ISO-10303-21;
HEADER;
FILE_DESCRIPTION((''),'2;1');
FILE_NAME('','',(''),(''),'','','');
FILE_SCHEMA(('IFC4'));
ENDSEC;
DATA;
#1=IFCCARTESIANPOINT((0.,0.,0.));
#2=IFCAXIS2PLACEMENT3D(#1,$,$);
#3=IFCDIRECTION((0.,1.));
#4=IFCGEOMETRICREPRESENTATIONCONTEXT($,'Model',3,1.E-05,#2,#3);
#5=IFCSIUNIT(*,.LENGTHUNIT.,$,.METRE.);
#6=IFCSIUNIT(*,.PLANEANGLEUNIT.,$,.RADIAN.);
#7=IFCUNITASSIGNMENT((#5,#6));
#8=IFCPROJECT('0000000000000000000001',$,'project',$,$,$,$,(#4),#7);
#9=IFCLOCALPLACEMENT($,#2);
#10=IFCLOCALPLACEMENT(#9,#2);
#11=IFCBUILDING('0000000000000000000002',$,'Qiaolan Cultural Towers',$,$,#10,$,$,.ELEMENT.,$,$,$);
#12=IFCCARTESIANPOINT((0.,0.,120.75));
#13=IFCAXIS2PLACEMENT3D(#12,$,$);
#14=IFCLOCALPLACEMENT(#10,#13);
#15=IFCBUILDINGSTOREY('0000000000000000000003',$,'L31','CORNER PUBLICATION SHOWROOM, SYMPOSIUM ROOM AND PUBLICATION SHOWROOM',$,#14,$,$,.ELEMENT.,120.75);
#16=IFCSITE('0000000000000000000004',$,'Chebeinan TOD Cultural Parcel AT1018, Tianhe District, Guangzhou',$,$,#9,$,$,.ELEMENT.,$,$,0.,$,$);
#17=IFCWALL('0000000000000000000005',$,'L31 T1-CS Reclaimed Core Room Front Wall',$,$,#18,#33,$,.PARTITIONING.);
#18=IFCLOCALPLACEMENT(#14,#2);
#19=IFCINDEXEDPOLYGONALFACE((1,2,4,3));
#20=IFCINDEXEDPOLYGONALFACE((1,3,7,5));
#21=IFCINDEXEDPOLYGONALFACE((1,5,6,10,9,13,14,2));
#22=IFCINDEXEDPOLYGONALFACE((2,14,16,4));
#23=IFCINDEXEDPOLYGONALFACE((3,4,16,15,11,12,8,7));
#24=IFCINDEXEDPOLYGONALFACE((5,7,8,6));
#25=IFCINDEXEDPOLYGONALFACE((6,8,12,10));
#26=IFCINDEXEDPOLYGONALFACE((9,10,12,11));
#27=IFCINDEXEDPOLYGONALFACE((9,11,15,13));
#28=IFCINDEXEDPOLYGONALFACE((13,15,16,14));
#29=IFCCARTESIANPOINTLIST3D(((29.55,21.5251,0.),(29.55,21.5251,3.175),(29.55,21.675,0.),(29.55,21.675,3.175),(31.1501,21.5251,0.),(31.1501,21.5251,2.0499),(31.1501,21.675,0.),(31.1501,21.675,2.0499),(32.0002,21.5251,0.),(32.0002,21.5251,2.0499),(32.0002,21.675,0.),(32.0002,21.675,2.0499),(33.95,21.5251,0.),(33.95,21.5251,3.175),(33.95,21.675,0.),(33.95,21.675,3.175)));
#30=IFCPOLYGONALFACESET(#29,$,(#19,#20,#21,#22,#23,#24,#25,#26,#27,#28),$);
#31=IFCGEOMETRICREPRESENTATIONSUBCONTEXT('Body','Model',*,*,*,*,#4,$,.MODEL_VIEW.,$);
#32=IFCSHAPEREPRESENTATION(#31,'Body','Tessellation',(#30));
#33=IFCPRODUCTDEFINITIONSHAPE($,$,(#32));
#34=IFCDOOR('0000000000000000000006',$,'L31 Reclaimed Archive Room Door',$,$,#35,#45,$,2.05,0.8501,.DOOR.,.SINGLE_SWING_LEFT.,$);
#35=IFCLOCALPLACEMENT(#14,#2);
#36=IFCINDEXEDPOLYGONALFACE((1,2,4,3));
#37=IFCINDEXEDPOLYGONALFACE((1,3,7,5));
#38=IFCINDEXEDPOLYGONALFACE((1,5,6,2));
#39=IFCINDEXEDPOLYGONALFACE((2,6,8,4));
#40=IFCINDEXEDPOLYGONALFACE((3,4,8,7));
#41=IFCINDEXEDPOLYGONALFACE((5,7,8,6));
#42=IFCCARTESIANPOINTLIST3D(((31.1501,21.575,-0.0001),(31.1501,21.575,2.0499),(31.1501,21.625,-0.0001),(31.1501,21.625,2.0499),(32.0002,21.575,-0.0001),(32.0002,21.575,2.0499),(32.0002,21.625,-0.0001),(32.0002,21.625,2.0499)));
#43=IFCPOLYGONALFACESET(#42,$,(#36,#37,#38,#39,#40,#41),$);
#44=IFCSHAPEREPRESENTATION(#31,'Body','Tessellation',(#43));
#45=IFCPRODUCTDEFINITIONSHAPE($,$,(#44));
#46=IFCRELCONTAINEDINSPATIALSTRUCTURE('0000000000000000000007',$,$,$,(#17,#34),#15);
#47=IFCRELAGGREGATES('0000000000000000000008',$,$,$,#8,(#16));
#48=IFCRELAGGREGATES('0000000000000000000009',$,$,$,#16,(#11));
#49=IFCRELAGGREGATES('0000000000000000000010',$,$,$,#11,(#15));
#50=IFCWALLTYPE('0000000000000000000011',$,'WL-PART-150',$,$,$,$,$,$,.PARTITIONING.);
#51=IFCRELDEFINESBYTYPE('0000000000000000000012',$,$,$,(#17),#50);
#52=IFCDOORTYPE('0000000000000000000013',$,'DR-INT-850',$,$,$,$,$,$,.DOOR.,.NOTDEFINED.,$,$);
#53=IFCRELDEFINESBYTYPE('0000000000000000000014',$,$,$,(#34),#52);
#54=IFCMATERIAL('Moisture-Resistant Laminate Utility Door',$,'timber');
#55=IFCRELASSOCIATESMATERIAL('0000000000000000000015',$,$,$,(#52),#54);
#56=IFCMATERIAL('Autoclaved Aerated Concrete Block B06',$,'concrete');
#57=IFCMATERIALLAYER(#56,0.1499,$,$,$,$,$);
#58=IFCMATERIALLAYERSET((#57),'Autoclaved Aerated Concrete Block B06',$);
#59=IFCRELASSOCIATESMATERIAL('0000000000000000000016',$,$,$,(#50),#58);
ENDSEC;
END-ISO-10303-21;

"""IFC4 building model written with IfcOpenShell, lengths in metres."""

from ifc_helpers import new_model, si_unit, direction, frame, frame_2d, origin, place, context, subcontext, project, spatial, rectangle, extrude, material, layer, layer_set, type_object, element, fill, save


model = new_model("IFC4")

# Units and contexts
model_context = context("Model", 3, precision=1e-05, world=origin(), true_north=direction((0.0, 1.0)))
body_context = subcontext(model_context, "Body", "Model", "MODEL_VIEW")
ifc_project = project(units=[si_unit("LENGTHUNIT", "METRE"), si_unit("PLANEANGLEUNIT", "RADIAN")], contexts=[model_context])

# Site, building, storey
site_placement = place(None, origin())
site = spatial("IfcSite", under=ifc_project, at=site_placement, Name="Chebeinan TOD Cultural Parcel AT1018, Tianhe District, Guangzhou", CompositionType="ELEMENT", RefElevation=0.0)
building_placement = place(site_placement, origin())
building = spatial("IfcBuilding", under=site, at=building_placement, Name="Qiaolan Cultural Towers", CompositionType="ELEMENT")
storey_placement = place(building_placement, frame((0.0, 0.0, 120.75)))
storey = spatial("IfcBuildingStorey", under=building, at=storey_placement, Name="L31", Description="CORNER PUBLICATION SHOWROOM, SYMPOSIUM ROOM AND PUBLICATION SHOWROOM", CompositionType="ELEMENT", Elevation=120.75)

# Shared definitions
ifc_material_1 = material(Name="Moisture-Resistant Laminate Utility Door", Category="timber")
door_type_1 = type_object("IfcDoorType", Name="DR-INT-850", OperationType="NOTDEFINED", PredefinedType="DOOR", material=ifc_material_1)

# Wall, opening, door
ifc_material_2 = material(Name="Autoclaved Aerated Concrete Block B06", Category="concrete")
ifc_layer_1 = layer(ifc_material_2, 0.1499)
ifc_layer_set_1 = layer_set([ifc_layer_1], Name="Autoclaved Aerated Concrete Block B06")
wall_type_1 = type_object("IfcWallType", Name="WL-PART-150", PredefinedType="PARTITIONING", material=ifc_layer_set_1)
wall_1_placement = place(storey_placement, frame((29.55, 21.6001, 0.0), z_axis=(0.0, 0.0, 1.0), x_axis=(1.0, 0.0, 0.0)))
wall_1 = element("IfcWall", 1, at=wall_1_placement, inside=storey, type_object=wall_type_1, Name="L31 T1-CS Reclaimed Core Room Front Wall", PredefinedType="PARTITIONING", context=body_context, shape_type="SweptSolid", body=[
    extrude(rectangle(XDim=4.3999, YDim=0.1499, at=frame_2d((2.2, 0.0))), origin(), (0.0, 0.0, 1.0), 3.175),
])
opening_1_placement = place(wall_1_placement, frame((1.6001, 0.0, 0.0)))
opening_1 = element("IfcOpeningElement", 2, at=opening_1_placement, cuts=wall_1, PredefinedType="OPENING", context=body_context, shape_type="SweptSolid", body=[
    extrude(rectangle(XDim=0.8501, YDim=2.05, at=frame_2d((0.425, 1.0249))), frame((0.0, 0.085, 0.0), z_axis=(0.0, -1.0, 0.0), x_axis=(1.0, 0.0, 0.0)), (0.0, 0.0, 1.0), 0.1699),
])
door_1_placement = place(opening_1_placement, origin())
door_1 = element("IfcDoor", 3, at=door_1_placement, inside=storey, type_object=door_type_1, Name="L31 Reclaimed Archive Room Door", OperationType="SINGLE_SWING_LEFT", OverallHeight=2.05, OverallWidth=0.8501, PredefinedType="DOOR", context=body_context, shape_type="SweptSolid", body=[
    extrude(rectangle(XDim=0.8501, YDim=2.05, at=frame_2d((0.425, 1.0249))), frame((0.0, 0.0249, 0.0), z_axis=(0.0, -1.0, 0.0), x_axis=(1.0, 0.0, 0.0)), (0.0, 0.0, 1.0), 0.05),
])
fill(opening_1, door_1)

save(model, "model.ifc")
